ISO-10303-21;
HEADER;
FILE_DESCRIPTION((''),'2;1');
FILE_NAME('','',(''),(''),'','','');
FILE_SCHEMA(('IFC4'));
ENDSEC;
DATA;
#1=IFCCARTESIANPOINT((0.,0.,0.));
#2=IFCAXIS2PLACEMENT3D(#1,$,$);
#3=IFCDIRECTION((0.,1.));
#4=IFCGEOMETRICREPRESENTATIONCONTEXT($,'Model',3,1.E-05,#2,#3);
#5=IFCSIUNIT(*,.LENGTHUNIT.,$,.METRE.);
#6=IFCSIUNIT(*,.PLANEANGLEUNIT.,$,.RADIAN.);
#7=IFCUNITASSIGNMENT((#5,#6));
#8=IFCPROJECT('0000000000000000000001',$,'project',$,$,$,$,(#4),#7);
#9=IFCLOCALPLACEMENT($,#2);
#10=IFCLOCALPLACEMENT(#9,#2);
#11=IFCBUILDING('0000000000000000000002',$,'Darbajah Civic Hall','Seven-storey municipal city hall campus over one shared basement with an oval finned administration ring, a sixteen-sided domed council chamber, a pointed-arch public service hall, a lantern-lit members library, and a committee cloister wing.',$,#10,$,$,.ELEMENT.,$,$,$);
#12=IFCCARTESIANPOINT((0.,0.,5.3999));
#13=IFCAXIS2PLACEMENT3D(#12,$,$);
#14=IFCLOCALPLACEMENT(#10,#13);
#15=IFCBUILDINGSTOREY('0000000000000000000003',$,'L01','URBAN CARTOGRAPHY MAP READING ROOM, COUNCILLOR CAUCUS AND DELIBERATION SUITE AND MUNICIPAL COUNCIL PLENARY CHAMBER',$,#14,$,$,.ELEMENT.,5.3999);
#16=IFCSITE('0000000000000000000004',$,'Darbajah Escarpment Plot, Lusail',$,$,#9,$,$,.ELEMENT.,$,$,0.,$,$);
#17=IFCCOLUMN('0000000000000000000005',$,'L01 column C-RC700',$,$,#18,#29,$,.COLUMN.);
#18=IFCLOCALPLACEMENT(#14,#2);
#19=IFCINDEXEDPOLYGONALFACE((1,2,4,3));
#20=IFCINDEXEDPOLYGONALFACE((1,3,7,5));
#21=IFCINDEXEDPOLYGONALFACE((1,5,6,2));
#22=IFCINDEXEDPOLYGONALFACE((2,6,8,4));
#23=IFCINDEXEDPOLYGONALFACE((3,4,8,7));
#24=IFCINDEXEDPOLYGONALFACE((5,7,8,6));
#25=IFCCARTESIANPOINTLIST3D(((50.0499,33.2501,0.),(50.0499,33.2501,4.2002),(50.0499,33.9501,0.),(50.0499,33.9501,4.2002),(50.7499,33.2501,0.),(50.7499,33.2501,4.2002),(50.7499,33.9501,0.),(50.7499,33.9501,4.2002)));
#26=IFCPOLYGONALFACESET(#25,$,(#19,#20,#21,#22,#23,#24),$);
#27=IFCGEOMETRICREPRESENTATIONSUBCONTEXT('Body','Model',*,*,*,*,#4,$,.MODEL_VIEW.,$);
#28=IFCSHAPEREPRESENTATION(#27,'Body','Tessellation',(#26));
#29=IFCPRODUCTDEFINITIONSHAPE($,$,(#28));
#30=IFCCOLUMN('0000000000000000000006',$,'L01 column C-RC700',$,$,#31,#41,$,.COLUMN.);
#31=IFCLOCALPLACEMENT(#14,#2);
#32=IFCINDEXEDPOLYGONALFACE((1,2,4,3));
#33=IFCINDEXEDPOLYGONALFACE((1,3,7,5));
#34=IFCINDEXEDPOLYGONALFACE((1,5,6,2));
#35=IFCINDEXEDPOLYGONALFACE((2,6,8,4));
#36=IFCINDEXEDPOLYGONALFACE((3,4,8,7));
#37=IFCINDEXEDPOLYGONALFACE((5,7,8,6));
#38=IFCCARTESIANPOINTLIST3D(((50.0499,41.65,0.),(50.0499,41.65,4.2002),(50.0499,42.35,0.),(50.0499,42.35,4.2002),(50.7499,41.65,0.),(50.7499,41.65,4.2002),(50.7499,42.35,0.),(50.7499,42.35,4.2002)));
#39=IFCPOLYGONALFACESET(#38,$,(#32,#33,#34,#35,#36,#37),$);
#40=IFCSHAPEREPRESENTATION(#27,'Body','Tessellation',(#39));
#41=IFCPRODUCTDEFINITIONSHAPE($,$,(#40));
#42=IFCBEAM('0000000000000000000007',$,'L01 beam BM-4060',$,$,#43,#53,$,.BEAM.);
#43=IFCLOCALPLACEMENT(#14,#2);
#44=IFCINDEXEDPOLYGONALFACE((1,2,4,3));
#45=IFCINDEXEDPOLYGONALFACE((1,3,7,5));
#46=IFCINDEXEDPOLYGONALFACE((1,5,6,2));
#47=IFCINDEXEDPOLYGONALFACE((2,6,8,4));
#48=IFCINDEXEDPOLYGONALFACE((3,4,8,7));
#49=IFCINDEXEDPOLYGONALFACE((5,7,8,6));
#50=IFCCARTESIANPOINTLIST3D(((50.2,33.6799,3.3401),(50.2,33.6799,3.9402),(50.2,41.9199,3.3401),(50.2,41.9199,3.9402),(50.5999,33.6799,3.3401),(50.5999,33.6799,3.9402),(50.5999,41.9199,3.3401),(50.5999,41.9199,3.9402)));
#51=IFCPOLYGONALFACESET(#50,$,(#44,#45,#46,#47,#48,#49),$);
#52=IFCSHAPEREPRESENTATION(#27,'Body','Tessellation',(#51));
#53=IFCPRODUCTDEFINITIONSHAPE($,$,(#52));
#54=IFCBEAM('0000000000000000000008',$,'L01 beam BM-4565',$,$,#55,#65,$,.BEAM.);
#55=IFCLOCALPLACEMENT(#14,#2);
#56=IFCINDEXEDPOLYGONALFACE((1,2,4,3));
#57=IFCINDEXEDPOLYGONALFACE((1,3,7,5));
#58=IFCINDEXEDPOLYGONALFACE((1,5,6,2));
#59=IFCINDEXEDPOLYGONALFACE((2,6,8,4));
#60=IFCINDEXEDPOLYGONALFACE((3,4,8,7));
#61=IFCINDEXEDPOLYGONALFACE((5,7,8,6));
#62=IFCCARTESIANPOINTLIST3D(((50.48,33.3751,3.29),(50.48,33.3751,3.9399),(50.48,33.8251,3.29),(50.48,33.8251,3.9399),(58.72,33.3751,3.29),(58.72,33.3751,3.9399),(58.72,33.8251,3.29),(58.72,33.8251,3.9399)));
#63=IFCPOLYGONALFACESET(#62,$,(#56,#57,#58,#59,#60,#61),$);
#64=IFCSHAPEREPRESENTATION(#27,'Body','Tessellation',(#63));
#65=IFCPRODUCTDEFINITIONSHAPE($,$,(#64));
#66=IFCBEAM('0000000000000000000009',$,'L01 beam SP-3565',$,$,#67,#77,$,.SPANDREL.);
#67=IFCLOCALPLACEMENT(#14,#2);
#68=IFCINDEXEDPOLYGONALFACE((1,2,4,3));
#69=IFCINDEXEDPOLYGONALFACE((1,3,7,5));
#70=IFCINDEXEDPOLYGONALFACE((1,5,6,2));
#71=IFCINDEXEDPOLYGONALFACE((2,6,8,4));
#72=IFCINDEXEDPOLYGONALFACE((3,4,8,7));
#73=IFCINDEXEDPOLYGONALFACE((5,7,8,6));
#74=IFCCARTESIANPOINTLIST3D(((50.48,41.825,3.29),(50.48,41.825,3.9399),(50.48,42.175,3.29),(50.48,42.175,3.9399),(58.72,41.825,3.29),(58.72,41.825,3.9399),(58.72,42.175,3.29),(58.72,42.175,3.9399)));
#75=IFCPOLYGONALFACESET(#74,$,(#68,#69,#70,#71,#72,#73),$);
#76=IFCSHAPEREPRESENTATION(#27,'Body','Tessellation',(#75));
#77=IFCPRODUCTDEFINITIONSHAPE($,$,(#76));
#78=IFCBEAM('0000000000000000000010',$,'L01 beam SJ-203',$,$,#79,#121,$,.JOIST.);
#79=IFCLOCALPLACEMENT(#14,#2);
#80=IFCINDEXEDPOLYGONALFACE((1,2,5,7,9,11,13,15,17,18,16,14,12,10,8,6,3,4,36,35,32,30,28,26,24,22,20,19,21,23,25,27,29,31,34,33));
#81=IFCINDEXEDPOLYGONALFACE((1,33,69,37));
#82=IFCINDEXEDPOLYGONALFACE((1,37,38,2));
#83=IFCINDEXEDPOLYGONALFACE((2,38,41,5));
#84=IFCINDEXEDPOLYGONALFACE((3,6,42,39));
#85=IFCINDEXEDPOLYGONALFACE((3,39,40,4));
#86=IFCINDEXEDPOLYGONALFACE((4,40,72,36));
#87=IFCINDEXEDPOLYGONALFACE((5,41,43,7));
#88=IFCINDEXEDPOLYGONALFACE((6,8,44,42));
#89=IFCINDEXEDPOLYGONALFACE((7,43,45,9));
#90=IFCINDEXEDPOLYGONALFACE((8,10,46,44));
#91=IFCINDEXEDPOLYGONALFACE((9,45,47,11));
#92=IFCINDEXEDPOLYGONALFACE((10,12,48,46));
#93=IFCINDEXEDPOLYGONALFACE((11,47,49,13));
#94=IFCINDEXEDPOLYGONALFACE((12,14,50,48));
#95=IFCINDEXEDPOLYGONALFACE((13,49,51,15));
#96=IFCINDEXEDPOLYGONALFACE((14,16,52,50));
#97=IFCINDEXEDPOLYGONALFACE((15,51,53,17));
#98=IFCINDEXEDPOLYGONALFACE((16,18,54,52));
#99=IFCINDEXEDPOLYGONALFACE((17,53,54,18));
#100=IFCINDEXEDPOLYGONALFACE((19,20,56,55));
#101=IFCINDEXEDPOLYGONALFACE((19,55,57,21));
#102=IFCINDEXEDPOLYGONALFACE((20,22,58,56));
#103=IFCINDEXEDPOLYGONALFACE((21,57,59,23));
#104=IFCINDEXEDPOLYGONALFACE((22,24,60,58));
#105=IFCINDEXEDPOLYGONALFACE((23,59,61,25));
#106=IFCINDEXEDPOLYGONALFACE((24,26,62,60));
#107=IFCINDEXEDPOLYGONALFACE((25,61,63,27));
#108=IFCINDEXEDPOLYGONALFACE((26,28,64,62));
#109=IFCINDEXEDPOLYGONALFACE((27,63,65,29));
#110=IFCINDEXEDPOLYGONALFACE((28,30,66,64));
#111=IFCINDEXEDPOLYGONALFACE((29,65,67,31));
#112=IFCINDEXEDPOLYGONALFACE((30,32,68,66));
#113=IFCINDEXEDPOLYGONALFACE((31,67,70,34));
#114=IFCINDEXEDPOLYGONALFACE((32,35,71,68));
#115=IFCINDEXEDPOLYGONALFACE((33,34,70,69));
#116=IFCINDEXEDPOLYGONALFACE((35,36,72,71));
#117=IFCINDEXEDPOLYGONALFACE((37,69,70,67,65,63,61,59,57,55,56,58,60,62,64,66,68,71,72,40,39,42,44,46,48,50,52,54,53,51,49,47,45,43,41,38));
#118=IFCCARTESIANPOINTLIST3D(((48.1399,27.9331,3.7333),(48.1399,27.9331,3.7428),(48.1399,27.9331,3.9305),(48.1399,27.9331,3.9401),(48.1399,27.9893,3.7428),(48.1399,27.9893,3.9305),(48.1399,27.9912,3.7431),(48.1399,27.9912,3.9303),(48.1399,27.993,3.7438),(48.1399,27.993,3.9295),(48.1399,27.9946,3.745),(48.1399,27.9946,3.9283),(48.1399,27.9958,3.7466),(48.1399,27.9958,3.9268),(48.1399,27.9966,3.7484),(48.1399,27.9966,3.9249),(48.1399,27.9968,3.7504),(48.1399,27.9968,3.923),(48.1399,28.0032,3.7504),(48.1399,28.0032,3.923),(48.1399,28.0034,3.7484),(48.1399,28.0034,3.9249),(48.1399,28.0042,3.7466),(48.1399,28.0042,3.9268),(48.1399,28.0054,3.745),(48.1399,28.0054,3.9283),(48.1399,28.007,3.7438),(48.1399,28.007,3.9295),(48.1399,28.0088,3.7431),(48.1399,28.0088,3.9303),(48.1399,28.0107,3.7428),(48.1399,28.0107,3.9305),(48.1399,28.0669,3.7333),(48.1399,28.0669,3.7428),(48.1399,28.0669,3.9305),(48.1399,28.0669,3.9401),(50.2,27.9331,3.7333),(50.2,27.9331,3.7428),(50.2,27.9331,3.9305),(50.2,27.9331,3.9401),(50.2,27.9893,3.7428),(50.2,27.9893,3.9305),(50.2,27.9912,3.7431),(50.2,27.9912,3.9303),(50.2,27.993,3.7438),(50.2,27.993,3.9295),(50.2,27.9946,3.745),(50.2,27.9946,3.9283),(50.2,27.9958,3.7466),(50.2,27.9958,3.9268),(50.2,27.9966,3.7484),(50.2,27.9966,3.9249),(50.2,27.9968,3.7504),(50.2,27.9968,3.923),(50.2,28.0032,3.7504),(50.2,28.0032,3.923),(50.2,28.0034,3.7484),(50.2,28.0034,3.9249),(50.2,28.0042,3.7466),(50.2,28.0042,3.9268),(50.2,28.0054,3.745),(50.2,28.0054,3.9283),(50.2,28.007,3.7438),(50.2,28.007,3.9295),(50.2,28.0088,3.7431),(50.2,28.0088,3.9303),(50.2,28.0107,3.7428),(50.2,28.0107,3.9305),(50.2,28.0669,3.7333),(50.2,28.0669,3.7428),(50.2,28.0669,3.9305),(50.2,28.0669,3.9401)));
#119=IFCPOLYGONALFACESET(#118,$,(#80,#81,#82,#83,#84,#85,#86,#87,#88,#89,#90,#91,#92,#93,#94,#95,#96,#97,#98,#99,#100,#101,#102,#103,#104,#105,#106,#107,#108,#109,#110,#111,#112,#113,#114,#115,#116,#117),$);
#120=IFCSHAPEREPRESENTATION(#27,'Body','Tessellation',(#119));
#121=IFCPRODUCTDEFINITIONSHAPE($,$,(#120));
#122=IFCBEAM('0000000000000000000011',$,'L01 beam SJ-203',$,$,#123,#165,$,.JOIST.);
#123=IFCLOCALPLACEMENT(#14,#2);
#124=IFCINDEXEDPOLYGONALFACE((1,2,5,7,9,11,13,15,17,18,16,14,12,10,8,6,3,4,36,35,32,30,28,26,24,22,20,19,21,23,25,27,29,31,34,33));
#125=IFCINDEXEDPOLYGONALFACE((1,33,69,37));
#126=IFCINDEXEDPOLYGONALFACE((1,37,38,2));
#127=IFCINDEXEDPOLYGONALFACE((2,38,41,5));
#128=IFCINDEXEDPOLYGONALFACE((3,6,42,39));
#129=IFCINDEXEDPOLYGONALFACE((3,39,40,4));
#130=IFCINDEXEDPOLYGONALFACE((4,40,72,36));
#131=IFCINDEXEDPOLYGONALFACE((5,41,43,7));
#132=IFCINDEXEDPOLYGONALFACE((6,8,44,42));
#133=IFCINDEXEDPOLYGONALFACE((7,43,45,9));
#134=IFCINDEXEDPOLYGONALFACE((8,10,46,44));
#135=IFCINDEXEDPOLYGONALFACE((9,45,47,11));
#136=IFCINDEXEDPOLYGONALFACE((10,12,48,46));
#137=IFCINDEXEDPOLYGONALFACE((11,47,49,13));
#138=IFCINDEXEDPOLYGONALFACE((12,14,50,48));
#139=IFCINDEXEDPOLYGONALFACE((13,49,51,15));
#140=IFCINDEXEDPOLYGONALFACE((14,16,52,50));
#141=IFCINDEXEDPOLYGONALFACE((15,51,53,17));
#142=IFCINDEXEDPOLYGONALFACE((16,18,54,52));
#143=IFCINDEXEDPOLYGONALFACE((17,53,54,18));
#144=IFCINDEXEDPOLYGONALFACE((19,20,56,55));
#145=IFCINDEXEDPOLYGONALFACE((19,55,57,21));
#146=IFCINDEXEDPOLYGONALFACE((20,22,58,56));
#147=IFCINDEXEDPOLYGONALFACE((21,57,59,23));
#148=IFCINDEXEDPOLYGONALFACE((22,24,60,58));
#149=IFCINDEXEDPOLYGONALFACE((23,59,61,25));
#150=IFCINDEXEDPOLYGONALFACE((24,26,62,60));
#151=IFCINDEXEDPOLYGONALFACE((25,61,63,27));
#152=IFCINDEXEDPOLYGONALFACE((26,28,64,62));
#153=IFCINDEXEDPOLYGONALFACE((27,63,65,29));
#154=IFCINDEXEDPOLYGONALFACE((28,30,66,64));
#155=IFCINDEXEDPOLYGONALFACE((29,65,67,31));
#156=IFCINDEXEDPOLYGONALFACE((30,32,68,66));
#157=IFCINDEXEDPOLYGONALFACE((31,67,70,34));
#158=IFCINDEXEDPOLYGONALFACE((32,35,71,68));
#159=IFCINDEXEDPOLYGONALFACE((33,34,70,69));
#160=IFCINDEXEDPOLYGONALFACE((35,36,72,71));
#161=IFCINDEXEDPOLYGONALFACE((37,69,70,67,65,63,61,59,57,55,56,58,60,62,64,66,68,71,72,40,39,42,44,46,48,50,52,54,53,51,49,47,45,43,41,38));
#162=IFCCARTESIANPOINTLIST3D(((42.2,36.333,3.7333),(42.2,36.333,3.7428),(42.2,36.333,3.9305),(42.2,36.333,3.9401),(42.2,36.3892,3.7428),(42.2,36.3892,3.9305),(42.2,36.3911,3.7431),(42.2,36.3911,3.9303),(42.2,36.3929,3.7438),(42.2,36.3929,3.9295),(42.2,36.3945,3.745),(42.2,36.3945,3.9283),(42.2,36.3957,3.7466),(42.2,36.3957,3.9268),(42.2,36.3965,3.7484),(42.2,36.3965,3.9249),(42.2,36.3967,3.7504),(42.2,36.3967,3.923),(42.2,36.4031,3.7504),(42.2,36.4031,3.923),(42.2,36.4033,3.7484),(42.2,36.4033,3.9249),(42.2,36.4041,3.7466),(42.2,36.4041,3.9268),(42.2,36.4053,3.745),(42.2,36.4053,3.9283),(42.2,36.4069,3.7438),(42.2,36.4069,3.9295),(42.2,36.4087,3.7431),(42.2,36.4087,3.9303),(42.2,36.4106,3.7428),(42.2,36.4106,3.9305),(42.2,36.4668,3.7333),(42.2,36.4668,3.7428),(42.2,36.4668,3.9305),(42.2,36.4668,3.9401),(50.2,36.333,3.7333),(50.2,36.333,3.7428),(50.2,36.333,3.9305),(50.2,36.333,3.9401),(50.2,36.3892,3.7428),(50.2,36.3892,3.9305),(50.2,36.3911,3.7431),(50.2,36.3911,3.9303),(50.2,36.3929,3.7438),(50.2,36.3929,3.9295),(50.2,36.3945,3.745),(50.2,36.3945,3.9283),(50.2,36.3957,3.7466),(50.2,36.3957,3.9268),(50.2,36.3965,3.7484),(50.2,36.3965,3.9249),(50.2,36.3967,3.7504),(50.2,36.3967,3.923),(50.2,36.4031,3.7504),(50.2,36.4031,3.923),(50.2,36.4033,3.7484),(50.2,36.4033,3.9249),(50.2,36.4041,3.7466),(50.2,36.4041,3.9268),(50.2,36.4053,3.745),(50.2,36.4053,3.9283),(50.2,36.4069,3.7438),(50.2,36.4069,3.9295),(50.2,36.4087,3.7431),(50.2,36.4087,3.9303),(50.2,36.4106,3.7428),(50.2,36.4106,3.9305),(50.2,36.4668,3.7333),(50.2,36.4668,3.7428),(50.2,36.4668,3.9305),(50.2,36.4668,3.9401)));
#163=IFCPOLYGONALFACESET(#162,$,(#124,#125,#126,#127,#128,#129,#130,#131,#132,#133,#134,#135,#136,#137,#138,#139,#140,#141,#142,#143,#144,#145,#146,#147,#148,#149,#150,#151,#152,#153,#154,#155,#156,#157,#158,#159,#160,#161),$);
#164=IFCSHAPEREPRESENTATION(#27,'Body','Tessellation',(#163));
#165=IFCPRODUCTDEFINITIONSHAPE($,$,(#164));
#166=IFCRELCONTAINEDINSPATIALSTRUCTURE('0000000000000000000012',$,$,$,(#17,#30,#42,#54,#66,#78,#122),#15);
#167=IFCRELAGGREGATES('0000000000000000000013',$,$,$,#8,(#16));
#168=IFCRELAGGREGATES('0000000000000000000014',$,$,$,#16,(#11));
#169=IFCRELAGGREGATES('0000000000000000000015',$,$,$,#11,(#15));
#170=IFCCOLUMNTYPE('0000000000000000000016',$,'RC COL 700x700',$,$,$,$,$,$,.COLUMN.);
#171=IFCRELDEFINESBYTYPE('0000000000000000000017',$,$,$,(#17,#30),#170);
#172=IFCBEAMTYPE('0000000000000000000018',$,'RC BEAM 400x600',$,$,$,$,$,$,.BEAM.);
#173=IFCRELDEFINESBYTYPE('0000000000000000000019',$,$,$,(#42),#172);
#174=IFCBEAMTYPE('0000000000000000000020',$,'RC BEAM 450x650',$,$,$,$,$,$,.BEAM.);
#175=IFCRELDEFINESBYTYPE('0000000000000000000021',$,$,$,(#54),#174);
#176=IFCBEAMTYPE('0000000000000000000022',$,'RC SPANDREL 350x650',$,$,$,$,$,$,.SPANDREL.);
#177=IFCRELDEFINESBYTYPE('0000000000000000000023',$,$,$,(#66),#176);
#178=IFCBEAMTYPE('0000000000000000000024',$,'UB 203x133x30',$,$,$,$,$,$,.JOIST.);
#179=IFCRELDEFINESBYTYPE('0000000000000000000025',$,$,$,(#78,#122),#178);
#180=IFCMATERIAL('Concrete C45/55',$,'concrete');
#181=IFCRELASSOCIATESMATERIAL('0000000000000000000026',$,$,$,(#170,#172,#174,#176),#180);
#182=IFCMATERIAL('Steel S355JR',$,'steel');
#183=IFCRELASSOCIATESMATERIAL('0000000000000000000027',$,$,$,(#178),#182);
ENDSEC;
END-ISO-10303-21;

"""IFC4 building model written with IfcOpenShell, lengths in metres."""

from ifc_helpers import new_model, si_unit, direction, frame, origin, origin_2d, place, context, subcontext, project, spatial, rectangle, i_section, extrude, material, material_profile, profile_set, type_object, element, save


model = new_model("IFC4")

# Units and contexts
model_context = context("Model", 3, precision=1e-05, world=origin(), true_north=direction((0.0, 1.0)))
body_context = subcontext(model_context, "Body", "Model", "MODEL_VIEW")
ifc_project = project(units=[si_unit("LENGTHUNIT", "METRE"), si_unit("PLANEANGLEUNIT", "RADIAN")], contexts=[model_context])

# Site, building, storey
site_placement = place(None, origin())
site = spatial("IfcSite", under=ifc_project, at=site_placement, Name="Darbajah Escarpment Plot, Lusail", CompositionType="ELEMENT", RefElevation=0.0)
building_placement = place(site_placement, origin())
building = spatial("IfcBuilding", under=site, at=building_placement, Name="Darbajah Civic Hall", Description="Seven-storey municipal city hall campus over one shared basement with an oval finned administration ring, a sixteen-sided domed council chamber, a pointed-arch public service hall, a lantern-lit members library, and a committee cloister wing.", CompositionType="ELEMENT")
storey_placement = place(building_placement, frame((0.0, 0.0, 5.3999)))
storey = spatial("IfcBuildingStorey", under=building, at=storey_placement, Name="L01", Description="URBAN CARTOGRAPHY MAP READING ROOM, COUNCILLOR CAUCUS AND DELIBERATION SUITE AND MUNICIPAL COUNCIL PLENARY CHAMBER", CompositionType="ELEMENT", Elevation=5.3999)

# Columns
ifc_material_1 = material(Name="Concrete C45/55", Category="concrete")
ifc_material_profile_1 = material_profile(ifc_material_1, rectangle(XDim=0.7, YDim=0.7, at=origin_2d()), Name="RC COL 700x700")
ifc_profile_set_1 = profile_set([ifc_material_profile_1], Name="Concrete C45/55")
column_type = type_object("IfcColumnType", Name="RC COL 700x700", PredefinedType="COLUMN", material=ifc_profile_set_1)
for number, where, z_axis, x_axis, name in (
    (1, (50.3999, 33.6001, 0.0), (0.0, 0.0, 1.0), (1.0, 0.0, 0.0), "L01 column C-RC700"),
    (2, (50.3999, 42.0, 0.0), (0.0, 0.0, 1.0), (1.0, 0.0, 0.0), "L01 column C-RC700"),
):
    element("IfcColumn", number, at=place(storey_placement, frame(where, z_axis=z_axis, x_axis=x_axis)), inside=storey, type_object=column_type, Name=name, PredefinedType="COLUMN", context=body_context, shape_type="SweptSolid", body=[
        extrude(rectangle(XDim=0.7, YDim=0.7, at=origin_2d()), origin(), (0.0, 0.0, 1.0), 4.2002),
    ])

# Beams
ifc_material_profile_2 = material_profile(ifc_material_1, rectangle(XDim=0.3999, YDim=0.6001, at=origin_2d()), Name="RC BEAM 400x600")
ifc_profile_set_2 = profile_set([ifc_material_profile_2], Name="Concrete C45/55")
beam_type_1 = type_object("IfcBeamType", Name="RC BEAM 400x600", PredefinedType="BEAM", material=ifc_profile_set_2)
beam_1_placement = place(storey_placement, frame((50.3999, 33.6799, 3.6401), z_axis=(0.0, 1.0, 0.0), x_axis=(-1.0, 0.0, 0.0)))
element("IfcBeam", 3, at=beam_1_placement, inside=storey, type_object=beam_type_1, Name="L01 beam BM-4060", PredefinedType="BEAM", context=body_context, shape_type="SweptSolid", body=[
    extrude(rectangle(XDim=0.3999, YDim=0.6001, at=origin_2d()), origin(), (0.0, 0.0, 1.0), 8.24),
])
ifc_material_profile_3 = material_profile(ifc_material_1, rectangle(XDim=0.45, YDim=0.6499, at=origin_2d()), Name="RC BEAM 450x650")
ifc_profile_set_3 = profile_set([ifc_material_profile_3], Name="Concrete C45/55")
beam_type_2 = type_object("IfcBeamType", Name="RC BEAM 450x650", PredefinedType="BEAM", material=ifc_profile_set_3)
beam_2_placement = place(storey_placement, frame((50.48, 33.6001, 3.615), z_axis=(1.0, 0.0, 0.0), x_axis=(0.0, 1.0, 0.0)))
element("IfcBeam", 4, at=beam_2_placement, inside=storey, type_object=beam_type_2, Name="L01 beam BM-4565", PredefinedType="BEAM", context=body_context, shape_type="SweptSolid", body=[
    extrude(rectangle(XDim=0.45, YDim=0.6499, at=origin_2d()), origin(), (0.0, 0.0, 1.0), 8.24),
])
ifc_material_profile_4 = material_profile(ifc_material_1, rectangle(XDim=0.3501, YDim=0.6499, at=origin_2d()), Name="RC SPANDREL 350x650")
ifc_profile_set_4 = profile_set([ifc_material_profile_4], Name="Concrete C45/55")
beam_type_3 = type_object("IfcBeamType", Name="RC SPANDREL 350x650", PredefinedType="SPANDREL", material=ifc_profile_set_4)
beam_3_placement = place(storey_placement, frame((50.48, 42.0, 3.615), z_axis=(1.0, 0.0, 0.0), x_axis=(0.0, 1.0, 0.0)))
element("IfcBeam", 5, at=beam_3_placement, inside=storey, type_object=beam_type_3, Name="L01 beam SP-3565", PredefinedType="SPANDREL", context=body_context, shape_type="SweptSolid", body=[
    extrude(rectangle(XDim=0.3501, YDim=0.6499, at=origin_2d()), origin(), (0.0, 0.0, 1.0), 8.24),
])
ifc_material_2 = material(Name="Steel S355JR", Category="steel")
ifc_material_profile_5 = material_profile(ifc_material_2, i_section(OverallWidth=0.1338, OverallDepth=0.2068, WebThickness=0.0063, FlangeThickness=0.0095, FilletRadius=0.0076, at=origin_2d()), Name="UB 203x133x30")
ifc_profile_set_5 = profile_set([ifc_material_profile_5], Name="Steel S355JR")
beam_type_4 = type_object("IfcBeamType", Name="UB 203x133x30", PredefinedType="JOIST", material=ifc_profile_set_5)
beam_4_placement = place(storey_placement, frame((48.1399, 28.0, 3.8367), z_axis=(1.0, 0.0, 0.0), x_axis=(0.0, 1.0, 0.0)))
element("IfcBeam", 6, at=beam_4_placement, inside=storey, type_object=beam_type_4, Name="L01 beam SJ-203", PredefinedType="JOIST", context=body_context, shape_type="SweptSolid", body=[
    extrude(i_section(OverallWidth=0.1338, OverallDepth=0.2068, WebThickness=0.0063, FlangeThickness=0.0095, FilletRadius=0.0076, at=origin_2d()), origin(), (0.0, 0.0, 1.0), 2.0601),
])
for number, where, z_axis, x_axis, name in (
    (7, (42.2, 36.3999, 3.8367), (1.0, 0.0, 0.0), (0.0, 1.0, 0.0), "L01 beam SJ-203"),
):
    element("IfcBeam", number, at=place(storey_placement, frame(where, z_axis=z_axis, x_axis=x_axis)), inside=storey, type_object=beam_type_4, Name=name, PredefinedType="JOIST", context=body_context, shape_type="SweptSolid", body=[
        extrude(i_section(OverallWidth=0.1338, OverallDepth=0.2068, WebThickness=0.0063, FlangeThickness=0.0095, FilletRadius=0.0076, at=origin_2d()), origin(), (0.0, 0.0, 1.0), 8.0),
    ])

save(model, "model.ifc")
